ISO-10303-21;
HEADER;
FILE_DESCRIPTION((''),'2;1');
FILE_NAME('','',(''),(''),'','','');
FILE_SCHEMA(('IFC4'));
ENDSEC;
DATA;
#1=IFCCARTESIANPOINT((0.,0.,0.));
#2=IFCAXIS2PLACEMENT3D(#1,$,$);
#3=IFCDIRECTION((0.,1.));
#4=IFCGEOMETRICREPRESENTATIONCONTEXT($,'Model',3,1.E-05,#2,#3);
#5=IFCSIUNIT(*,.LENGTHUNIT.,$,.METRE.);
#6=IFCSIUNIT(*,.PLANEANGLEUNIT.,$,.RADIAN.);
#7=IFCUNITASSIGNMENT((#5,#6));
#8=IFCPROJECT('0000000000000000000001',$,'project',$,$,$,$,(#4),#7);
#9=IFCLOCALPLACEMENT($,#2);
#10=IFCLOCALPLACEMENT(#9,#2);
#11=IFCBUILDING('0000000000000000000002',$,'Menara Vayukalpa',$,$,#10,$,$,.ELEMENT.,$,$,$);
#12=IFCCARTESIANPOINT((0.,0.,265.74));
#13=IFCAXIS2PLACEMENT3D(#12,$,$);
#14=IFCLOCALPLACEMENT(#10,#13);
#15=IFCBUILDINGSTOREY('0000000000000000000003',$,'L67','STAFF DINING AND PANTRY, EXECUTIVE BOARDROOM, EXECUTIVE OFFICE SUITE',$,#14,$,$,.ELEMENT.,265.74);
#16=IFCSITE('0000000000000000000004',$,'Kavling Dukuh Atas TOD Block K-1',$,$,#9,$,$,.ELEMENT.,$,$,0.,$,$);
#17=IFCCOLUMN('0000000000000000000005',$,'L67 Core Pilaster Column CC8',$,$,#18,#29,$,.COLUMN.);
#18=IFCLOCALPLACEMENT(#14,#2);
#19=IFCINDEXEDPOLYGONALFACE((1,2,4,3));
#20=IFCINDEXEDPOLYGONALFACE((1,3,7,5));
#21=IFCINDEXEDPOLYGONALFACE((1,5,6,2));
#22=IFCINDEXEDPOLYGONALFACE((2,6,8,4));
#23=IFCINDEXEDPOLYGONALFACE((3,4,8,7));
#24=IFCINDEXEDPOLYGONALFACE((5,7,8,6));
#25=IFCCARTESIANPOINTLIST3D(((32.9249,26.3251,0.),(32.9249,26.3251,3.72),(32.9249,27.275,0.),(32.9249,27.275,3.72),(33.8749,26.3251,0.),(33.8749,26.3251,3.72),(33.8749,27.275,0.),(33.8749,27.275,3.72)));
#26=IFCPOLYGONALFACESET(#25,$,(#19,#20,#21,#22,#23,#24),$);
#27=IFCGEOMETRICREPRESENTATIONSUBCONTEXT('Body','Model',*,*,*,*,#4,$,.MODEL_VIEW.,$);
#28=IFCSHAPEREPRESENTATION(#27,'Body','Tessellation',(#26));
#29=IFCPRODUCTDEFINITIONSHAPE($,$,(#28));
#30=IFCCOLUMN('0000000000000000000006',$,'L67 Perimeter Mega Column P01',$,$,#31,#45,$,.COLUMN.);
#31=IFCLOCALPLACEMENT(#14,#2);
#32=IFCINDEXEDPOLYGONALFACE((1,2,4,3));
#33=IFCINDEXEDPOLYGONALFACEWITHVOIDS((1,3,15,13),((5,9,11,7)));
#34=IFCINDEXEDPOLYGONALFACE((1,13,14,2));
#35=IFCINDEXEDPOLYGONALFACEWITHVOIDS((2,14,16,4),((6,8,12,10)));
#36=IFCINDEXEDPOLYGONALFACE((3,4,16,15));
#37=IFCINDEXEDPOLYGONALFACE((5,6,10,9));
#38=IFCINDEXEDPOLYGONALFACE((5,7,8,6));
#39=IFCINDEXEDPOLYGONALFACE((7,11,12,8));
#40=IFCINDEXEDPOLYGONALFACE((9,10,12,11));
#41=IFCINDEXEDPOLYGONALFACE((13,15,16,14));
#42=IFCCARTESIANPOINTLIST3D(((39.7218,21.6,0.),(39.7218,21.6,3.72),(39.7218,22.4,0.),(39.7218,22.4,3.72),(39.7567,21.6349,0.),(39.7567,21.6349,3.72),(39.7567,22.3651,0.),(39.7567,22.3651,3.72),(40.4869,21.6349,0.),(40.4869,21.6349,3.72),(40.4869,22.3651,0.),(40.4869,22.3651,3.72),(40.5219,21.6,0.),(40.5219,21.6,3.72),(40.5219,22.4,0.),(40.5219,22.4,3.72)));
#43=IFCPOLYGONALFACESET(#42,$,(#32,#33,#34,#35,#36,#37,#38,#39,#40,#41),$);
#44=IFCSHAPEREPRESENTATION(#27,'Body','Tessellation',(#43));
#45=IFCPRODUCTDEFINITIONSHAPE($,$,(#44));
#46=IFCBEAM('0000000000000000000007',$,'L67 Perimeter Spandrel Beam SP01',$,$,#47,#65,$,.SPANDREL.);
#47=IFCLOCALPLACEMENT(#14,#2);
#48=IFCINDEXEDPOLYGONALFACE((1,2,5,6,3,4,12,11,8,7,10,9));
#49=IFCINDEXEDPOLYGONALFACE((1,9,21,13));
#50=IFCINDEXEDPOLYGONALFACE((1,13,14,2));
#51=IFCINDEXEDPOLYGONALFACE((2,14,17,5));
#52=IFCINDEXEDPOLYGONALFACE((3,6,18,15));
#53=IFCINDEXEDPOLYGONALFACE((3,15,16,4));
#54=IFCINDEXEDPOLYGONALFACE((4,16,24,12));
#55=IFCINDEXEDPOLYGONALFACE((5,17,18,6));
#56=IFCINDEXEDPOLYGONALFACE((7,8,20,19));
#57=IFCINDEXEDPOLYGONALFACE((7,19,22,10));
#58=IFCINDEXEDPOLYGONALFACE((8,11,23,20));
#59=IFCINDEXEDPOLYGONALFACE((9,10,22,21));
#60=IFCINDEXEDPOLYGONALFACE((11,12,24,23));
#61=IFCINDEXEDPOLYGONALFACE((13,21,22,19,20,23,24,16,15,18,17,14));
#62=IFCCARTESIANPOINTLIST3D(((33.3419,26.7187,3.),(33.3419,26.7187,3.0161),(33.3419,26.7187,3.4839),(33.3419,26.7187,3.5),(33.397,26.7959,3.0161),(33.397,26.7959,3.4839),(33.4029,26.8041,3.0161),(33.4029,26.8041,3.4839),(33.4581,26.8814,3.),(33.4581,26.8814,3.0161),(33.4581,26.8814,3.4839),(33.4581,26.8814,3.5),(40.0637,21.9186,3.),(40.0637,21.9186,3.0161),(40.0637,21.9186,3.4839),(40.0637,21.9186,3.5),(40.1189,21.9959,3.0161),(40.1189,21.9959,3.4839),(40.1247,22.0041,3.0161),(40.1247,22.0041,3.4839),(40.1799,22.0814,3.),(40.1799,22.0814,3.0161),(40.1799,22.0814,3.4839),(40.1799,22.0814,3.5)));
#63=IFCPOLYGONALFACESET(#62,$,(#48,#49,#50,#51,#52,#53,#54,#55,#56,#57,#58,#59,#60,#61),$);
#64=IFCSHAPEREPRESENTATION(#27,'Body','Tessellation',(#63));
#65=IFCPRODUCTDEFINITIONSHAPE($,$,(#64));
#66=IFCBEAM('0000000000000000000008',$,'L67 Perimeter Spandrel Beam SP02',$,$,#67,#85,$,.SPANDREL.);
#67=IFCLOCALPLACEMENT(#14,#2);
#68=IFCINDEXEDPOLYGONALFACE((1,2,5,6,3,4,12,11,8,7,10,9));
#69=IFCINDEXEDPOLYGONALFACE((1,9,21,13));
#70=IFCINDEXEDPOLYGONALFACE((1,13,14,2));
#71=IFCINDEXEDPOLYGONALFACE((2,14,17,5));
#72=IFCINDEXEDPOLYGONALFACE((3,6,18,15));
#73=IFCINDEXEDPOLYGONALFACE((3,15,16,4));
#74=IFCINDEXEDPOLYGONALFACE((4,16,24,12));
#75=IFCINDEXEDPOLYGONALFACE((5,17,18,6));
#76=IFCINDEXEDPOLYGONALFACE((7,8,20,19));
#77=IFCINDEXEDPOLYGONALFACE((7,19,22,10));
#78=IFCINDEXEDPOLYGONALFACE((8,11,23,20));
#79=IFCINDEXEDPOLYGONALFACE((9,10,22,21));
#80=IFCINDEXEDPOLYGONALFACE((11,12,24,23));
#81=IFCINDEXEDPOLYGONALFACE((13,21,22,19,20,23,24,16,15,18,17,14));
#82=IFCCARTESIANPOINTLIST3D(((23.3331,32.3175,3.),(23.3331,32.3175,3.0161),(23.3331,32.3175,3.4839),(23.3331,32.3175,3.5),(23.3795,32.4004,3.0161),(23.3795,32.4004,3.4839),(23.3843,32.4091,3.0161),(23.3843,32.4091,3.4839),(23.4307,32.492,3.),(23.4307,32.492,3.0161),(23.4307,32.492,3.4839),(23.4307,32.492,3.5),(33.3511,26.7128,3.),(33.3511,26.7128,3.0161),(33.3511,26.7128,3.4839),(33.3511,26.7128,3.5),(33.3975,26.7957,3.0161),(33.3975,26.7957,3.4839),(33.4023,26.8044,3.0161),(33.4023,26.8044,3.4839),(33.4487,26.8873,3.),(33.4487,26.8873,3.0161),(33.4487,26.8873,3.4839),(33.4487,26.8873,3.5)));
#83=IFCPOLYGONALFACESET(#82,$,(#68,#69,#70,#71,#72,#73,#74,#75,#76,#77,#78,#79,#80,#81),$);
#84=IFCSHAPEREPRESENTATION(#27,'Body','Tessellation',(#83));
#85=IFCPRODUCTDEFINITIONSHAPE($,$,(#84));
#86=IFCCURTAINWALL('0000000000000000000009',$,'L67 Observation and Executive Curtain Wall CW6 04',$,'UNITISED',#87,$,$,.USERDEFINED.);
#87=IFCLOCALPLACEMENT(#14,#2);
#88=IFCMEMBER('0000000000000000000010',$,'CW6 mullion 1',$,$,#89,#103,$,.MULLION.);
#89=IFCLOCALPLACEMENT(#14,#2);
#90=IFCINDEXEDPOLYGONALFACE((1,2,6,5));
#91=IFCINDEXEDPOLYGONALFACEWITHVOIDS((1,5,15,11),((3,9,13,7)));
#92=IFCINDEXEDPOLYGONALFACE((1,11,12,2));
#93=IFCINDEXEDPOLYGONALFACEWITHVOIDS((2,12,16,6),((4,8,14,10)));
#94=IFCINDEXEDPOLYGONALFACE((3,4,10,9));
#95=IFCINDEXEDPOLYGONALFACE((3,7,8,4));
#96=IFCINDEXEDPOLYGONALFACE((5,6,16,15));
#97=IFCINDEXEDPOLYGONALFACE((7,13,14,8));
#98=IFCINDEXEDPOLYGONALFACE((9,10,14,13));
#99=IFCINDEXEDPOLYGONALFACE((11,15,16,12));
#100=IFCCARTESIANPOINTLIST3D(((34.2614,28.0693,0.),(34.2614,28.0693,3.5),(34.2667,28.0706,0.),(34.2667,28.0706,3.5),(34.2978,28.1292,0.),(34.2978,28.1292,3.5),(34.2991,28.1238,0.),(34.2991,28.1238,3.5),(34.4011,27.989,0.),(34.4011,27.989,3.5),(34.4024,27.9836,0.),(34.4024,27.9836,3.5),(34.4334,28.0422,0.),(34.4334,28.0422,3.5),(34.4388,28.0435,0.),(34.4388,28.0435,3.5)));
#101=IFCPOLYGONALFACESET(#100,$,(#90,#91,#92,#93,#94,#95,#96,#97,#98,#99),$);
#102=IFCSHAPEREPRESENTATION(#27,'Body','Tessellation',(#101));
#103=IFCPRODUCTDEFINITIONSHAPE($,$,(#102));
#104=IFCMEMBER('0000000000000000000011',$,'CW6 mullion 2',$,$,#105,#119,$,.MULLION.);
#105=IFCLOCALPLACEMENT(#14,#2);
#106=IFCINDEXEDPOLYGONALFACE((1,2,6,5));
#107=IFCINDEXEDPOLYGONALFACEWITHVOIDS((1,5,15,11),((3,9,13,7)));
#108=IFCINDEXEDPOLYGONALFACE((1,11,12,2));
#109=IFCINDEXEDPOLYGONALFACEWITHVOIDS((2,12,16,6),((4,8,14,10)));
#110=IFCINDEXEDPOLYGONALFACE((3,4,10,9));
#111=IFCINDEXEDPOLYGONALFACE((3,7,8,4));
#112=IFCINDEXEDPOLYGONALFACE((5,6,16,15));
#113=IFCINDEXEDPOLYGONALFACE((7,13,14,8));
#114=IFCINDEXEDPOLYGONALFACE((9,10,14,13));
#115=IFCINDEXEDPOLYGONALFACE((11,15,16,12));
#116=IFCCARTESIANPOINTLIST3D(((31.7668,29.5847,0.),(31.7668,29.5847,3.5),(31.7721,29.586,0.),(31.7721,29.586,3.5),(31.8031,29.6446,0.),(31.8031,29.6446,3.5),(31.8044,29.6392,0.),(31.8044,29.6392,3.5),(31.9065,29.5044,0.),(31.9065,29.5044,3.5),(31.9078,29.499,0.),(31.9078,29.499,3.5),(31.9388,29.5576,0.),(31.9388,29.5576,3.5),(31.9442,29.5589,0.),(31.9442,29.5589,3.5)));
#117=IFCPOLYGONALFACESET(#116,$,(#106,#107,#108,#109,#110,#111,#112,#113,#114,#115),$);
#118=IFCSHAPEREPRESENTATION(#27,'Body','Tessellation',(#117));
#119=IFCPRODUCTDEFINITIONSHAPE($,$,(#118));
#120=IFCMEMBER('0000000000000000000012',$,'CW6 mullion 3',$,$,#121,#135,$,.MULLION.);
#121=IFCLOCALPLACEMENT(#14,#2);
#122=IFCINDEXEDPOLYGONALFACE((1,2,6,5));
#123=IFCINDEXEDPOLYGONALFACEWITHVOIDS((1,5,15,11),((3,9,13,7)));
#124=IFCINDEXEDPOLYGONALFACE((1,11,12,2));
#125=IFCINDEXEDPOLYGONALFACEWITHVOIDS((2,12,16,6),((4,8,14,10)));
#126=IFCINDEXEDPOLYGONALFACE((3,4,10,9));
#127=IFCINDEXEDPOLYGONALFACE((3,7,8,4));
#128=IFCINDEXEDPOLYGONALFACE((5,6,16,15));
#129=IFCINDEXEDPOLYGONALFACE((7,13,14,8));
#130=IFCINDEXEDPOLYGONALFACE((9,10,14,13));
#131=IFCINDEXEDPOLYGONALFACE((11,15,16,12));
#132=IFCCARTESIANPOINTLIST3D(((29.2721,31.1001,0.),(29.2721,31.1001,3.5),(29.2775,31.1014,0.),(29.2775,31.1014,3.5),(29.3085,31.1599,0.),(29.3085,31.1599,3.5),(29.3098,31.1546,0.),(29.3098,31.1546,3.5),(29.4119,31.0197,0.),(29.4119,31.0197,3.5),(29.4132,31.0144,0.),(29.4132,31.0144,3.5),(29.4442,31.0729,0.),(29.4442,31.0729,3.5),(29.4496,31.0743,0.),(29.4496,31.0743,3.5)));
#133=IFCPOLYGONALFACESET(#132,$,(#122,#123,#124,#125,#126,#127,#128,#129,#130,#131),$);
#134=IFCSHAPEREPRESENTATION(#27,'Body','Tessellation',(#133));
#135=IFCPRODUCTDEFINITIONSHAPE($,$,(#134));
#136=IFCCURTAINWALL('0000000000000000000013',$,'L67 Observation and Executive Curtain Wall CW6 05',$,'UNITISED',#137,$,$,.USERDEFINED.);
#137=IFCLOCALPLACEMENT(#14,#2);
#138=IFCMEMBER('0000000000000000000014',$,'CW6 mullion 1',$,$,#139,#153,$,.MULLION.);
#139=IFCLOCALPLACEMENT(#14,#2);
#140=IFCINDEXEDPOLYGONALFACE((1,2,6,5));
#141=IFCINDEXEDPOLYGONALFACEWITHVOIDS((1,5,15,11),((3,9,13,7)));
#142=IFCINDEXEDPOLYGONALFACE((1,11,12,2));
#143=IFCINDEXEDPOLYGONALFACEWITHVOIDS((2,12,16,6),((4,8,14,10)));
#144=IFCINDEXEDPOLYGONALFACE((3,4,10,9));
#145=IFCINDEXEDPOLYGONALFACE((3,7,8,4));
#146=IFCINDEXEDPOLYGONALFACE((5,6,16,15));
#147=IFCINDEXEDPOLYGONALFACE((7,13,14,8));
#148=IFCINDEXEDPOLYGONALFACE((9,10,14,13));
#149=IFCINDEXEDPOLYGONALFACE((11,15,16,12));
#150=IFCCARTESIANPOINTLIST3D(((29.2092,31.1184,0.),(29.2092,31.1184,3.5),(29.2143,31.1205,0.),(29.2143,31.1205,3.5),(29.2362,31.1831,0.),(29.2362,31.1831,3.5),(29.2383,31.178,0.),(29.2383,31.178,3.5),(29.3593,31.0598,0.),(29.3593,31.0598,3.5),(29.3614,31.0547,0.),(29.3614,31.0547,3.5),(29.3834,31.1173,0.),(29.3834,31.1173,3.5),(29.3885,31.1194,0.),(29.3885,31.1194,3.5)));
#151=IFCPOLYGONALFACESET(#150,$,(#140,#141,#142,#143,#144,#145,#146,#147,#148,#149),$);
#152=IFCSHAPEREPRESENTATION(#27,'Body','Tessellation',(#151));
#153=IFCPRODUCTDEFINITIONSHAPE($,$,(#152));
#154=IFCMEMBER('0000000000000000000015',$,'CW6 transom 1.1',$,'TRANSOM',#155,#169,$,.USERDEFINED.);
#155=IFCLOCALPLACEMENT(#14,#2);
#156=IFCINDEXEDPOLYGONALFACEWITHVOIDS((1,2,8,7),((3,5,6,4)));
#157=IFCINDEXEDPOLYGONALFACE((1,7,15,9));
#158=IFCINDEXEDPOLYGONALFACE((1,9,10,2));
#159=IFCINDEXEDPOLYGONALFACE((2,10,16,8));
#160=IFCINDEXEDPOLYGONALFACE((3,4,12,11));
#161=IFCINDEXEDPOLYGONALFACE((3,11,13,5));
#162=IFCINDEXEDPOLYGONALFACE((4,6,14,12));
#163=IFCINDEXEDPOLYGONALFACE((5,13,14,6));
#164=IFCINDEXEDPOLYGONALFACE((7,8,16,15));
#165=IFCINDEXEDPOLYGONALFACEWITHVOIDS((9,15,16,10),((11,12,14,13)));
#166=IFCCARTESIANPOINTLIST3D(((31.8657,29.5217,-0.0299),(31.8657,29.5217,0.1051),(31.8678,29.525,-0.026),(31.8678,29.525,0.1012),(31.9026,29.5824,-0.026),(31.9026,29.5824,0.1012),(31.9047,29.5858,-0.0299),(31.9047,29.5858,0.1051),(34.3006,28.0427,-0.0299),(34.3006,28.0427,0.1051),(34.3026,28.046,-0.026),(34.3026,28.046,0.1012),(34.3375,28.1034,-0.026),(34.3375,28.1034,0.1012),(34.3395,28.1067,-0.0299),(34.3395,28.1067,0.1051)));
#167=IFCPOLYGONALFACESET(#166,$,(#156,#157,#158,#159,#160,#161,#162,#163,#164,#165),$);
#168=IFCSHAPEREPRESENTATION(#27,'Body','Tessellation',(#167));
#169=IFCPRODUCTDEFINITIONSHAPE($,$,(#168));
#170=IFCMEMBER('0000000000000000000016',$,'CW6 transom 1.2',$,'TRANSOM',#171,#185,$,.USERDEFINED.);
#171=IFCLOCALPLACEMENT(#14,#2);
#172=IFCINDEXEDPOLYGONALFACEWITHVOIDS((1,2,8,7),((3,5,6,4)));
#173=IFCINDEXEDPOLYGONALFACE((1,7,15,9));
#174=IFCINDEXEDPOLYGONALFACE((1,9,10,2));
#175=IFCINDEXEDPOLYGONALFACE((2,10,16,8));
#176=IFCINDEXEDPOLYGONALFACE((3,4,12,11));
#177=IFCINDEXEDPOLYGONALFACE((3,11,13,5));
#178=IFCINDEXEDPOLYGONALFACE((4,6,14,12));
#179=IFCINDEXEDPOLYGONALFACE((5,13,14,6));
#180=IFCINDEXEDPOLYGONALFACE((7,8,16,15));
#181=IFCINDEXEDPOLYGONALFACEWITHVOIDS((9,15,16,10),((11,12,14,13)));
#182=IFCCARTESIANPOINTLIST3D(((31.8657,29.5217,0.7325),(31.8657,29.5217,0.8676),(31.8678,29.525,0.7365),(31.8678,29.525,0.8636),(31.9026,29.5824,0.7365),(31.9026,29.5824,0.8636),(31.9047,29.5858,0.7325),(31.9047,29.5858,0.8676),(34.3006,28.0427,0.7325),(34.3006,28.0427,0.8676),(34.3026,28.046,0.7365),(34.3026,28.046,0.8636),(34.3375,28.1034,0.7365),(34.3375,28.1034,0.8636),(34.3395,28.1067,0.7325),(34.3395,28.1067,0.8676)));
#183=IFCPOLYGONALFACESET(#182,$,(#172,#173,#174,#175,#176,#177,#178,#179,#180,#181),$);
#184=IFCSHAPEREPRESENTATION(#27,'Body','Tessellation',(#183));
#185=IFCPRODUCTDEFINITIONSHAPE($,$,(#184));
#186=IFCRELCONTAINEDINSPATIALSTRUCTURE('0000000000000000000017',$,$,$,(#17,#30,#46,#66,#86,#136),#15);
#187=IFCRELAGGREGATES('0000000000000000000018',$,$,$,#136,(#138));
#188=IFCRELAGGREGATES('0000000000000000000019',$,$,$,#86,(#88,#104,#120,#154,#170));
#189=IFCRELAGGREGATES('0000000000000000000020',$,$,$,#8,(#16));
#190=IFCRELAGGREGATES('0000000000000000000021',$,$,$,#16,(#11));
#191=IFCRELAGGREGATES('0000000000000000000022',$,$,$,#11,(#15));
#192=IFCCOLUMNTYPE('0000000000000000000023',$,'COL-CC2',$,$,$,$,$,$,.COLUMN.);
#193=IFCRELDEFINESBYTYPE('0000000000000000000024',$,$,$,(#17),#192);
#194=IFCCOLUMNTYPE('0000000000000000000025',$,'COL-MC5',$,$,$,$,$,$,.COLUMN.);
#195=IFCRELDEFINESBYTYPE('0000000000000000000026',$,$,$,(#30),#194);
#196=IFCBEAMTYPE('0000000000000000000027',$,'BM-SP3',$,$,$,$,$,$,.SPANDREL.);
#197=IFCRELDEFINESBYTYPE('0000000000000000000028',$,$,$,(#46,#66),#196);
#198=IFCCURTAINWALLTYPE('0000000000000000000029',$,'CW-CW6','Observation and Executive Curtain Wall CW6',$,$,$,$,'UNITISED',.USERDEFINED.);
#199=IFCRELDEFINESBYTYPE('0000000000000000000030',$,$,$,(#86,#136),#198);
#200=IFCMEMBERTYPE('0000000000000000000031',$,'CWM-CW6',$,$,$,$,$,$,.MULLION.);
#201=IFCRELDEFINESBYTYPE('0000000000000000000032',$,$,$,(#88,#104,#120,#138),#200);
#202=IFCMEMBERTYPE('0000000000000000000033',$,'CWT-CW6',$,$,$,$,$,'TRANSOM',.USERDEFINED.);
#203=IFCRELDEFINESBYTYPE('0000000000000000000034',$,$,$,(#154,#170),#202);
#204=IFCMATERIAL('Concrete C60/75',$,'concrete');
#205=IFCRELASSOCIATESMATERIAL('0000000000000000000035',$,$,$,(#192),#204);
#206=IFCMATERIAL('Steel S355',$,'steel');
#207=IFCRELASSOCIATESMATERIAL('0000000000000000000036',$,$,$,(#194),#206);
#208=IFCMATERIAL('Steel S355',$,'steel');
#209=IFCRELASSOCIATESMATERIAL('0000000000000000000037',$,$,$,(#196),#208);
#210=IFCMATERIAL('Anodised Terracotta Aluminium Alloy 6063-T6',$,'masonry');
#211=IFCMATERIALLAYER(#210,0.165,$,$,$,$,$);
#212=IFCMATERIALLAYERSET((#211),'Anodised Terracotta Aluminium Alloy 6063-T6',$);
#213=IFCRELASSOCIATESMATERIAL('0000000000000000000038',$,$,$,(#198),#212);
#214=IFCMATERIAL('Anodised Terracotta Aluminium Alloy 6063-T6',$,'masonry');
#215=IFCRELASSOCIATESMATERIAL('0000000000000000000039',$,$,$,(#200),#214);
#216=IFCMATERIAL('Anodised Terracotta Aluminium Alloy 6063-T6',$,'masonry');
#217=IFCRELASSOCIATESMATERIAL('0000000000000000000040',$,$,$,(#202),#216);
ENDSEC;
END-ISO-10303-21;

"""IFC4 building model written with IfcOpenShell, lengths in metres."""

from ifc_helpers import new_model, si_unit, direction, frame, origin, origin_2d, place, context, subcontext, project, spatial, rectangle, hollow_rectangle, i_section, extrude, material, layer, layer_set, material_profile, profile_set, type_object, element, aggregate, save


model = new_model("IFC4")

# Units and contexts
model_context = context("Model", 3, precision=1e-05, world=origin(), true_north=direction((0.0, 1.0)))
body_context = subcontext(model_context, "Body", "Model", "MODEL_VIEW")
ifc_project = project(units=[si_unit("LENGTHUNIT", "METRE"), si_unit("PLANEANGLEUNIT", "RADIAN")], contexts=[model_context])

# Site, building, storey
site_placement = place(None, origin())
site = spatial("IfcSite", under=ifc_project, at=site_placement, Name="Kavling Dukuh Atas TOD Block K-1", CompositionType="ELEMENT", RefElevation=0.0)
building_placement = place(site_placement, origin())
building = spatial("IfcBuilding", under=site, at=building_placement, Name="Menara Vayukalpa", CompositionType="ELEMENT")
storey_placement = place(building_placement, frame((0.0, 0.0, 265.74)))
storey = spatial("IfcBuildingStorey", under=building, at=storey_placement, Name="L67", Description="STAFF DINING AND PANTRY, EXECUTIVE BOARDROOM, EXECUTIVE OFFICE SUITE", CompositionType="ELEMENT", Elevation=265.74)

# Columns
ifc_material_1 = material(Name="Concrete C60/75", Category="concrete")
ifc_material_profile_1 = material_profile(ifc_material_1, rectangle(XDim=0.95, YDim=0.95, at=origin_2d()), Name="RC 950x950")
ifc_profile_set_1 = profile_set([ifc_material_profile_1], Name="Concrete C60/75")
column_type_1 = type_object("IfcColumnType", Name="COL-CC2", PredefinedType="COLUMN", material=ifc_profile_set_1)
column_1_placement = place(storey_placement, frame((33.3999, 26.8, 0.0), z_axis=(0.0, 0.0, 1.0), x_axis=(1.0, 0.0, 0.0)))
element("IfcColumn", 1, at=column_1_placement, inside=storey, type_object=column_type_1, Name="L67 Core Pilaster Column CC8", PredefinedType="COLUMN", context=body_context, shape_type="SweptSolid", body=[
    extrude(rectangle(XDim=0.95, YDim=0.95, at=origin_2d()), origin(), (0.0, 0.0, 1.0), 3.72),
])
ifc_material_2 = material(Name="Steel S355", Category="steel")
ifc_material_profile_2 = material_profile(ifc_material_2, hollow_rectangle(XDim=0.8, YDim=0.8, WallThickness=0.0349, at=origin_2d()), Name="BOX 800x800x35")
ifc_profile_set_2 = profile_set([ifc_material_profile_2], Name="Steel S355")
column_type_2 = type_object("IfcColumnType", Name="COL-MC5", PredefinedType="COLUMN", material=ifc_profile_set_2)
column_2_placement = place(storey_placement, frame((40.1218, 22.0, 0.0), z_axis=(0.0, 0.0, 1.0), x_axis=(1.0, 0.0, 0.0)))
element("IfcColumn", 2, at=column_2_placement, inside=storey, type_object=column_type_2, Name="L67 Perimeter Mega Column P01", PredefinedType="COLUMN", context=body_context, shape_type="SweptSolid", body=[
    extrude(hollow_rectangle(XDim=0.8, YDim=0.8, WallThickness=0.0349, at=origin_2d()), origin(), (0.0, 0.0, 1.0), 3.72),
])

# Beams
ifc_material_3 = material(Name="Steel S355", Category="steel")
ifc_material_profile_3 = material_profile(ifc_material_3, i_section(OverallWidth=0.2, OverallDepth=0.5, WebThickness=0.01, FlangeThickness=0.0161, at=origin_2d()), Name="WF 500x200x10x16")
ifc_profile_set_3 = profile_set([ifc_material_profile_3], Name="Steel S355")
beam_type = type_object("IfcBeamType", Name="BM-SP3", PredefinedType="SPANDREL", material=ifc_profile_set_3)
beam_1_placement = place(storey_placement, frame((40.1218, 22.0, 3.25), z_axis=(-0.813809, 0.581132, 0.0), x_axis=(-0.581132, -0.813809, 0.0)))
element("IfcBeam", 3, at=beam_1_placement, inside=storey, type_object=beam_type, Name="L67 Perimeter Spandrel Beam SP01", PredefinedType="SPANDREL", context=body_context, shape_type="SweptSolid", body=[
    extrude(i_section(OverallWidth=0.2, OverallDepth=0.5, WebThickness=0.01, FlangeThickness=0.0161, at=origin_2d()), origin(), (0.0, 0.0, 1.0), 8.2598),
])
beam_2_placement = place(storey_placement, frame((33.3999, 26.8, 3.25), z_axis=(-0.872706, 0.488246, 0.0), x_axis=(-0.488246, -0.872706, 0.0)))
element("IfcBeam", 4, at=beam_2_placement, inside=storey, type_object=beam_type, Name="L67 Perimeter Spandrel Beam SP02", PredefinedType="SPANDREL", context=body_context, shape_type="SweptSolid", body=[
    extrude(i_section(OverallWidth=0.2, OverallDepth=0.5, WebThickness=0.01, FlangeThickness=0.0161, at=origin_2d()), origin(), (0.0, 0.0, 1.0), 11.4792),
])

# Curtain wall, members
ifc_material_4 = material(Name="Anodised Terracotta Aluminium Alloy 6063-T6", Category="masonry")
ifc_layer_1 = layer(ifc_material_4, 0.165)
ifc_layer_set_1 = layer_set([ifc_layer_1], Name="Anodised Terracotta Aluminium Alloy 6063-T6")
curtain_wall_type = type_object("IfcCurtainWallType", Name="CW-CW6", Description="Observation and Executive Curtain Wall CW6", ElementType="UNITISED", PredefinedType="USERDEFINED", material=ifc_layer_set_1)
curtain_wall_1_placement = place(storey_placement, origin())
curtain_wall_1 = element("IfcCurtainWall", 5, at=curtain_wall_1_placement, inside=storey, type_object=curtain_wall_type, Name="L67 Observation and Executive Curtain Wall CW6 04", ObjectType="UNITISED", PredefinedType="USERDEFINED")
ifc_material_5 = material(Name="Anodised Terracotta Aluminium Alloy 6063-T6", Category="masonry")
ifc_material_profile_4 = material_profile(ifc_material_5, hollow_rectangle(XDim=0.0701, YDim=0.165, WallThickness=0.0039, at=origin_2d()), Name="ALU 70x165x4")
ifc_profile_set_4 = profile_set([ifc_material_profile_4], Name="Anodised Terracotta Aluminium Alloy 6063-T6")
member_type_1 = type_object("IfcMemberType", Name="CWM-CW6", PredefinedType="MULLION", material=ifc_profile_set_4)
member_1_placement = place(storey_placement, frame((34.3501, 28.0564, 0.0), z_axis=(0.0, 0.0, 1.0), x_axis=(-0.519176, -0.854668, 0.0)))
member_1 = element("IfcMember", 6, at=member_1_placement, type_object=member_type_1, Name="CW6 mullion 1", PredefinedType="MULLION", context=body_context, shape_type="SweptSolid", body=[
    extrude(hollow_rectangle(XDim=0.0701, YDim=0.165, WallThickness=0.0039, at=origin_2d()), origin(), (0.0, 0.0, 1.0), 3.5),
])
member_2_placement = place(storey_placement, frame((31.8555, 29.5718, 0.0), z_axis=(0.0, 0.0, 1.0), x_axis=(-0.519176, -0.854668, 0.0)))
member_2 = element("IfcMember", 7, at=member_2_placement, type_object=member_type_1, Name="CW6 mullion 2", PredefinedType="MULLION", context=body_context, shape_type="SweptSolid", body=[
    extrude(hollow_rectangle(XDim=0.0701, YDim=0.165, WallThickness=0.0039, at=origin_2d()), origin(), (0.0, 0.0, 1.0), 3.5),
])
member_3_placement = place(storey_placement, frame((29.3608, 31.0872, 0.0), z_axis=(0.0, 0.0, 1.0), x_axis=(-0.519176, -0.854668, 0.0)))
member_3 = element("IfcMember", 8, at=member_3_placement, type_object=member_type_1, Name="CW6 mullion 3", PredefinedType="MULLION", context=body_context, shape_type="SweptSolid", body=[
    extrude(hollow_rectangle(XDim=0.0701, YDim=0.165, WallThickness=0.0039, at=origin_2d()), origin(), (0.0, 0.0, 1.0), 3.5),
])

# Curtain wall, member
curtain_wall_2_placement = place(storey_placement, origin())
curtain_wall_2 = element("IfcCurtainWall", 9, at=curtain_wall_2_placement, inside=storey, type_object=curtain_wall_type, Name="L67 Observation and Executive Curtain Wall CW6 05", ObjectType="UNITISED", PredefinedType="USERDEFINED")
member_4_placement = place(storey_placement, frame((29.2988, 31.1189, 0.0), z_axis=(0.0, 0.0, 1.0), x_axis=(-0.3859, -0.922541, 0.0)))
member_4 = element("IfcMember", 10, at=member_4_placement, type_object=member_type_1, Name="CW6 mullion 1", PredefinedType="MULLION", context=body_context, shape_type="SweptSolid", body=[
    extrude(hollow_rectangle(XDim=0.0701, YDim=0.165, WallThickness=0.0039, at=origin_2d()), origin(), (0.0, 0.0, 1.0), 3.5),
])

# Members
ifc_material_6 = material(Name="Anodised Terracotta Aluminium Alloy 6063-T6", Category="masonry")
ifc_material_profile_5 = material_profile(ifc_material_6, hollow_rectangle(XDim=0.075, YDim=0.135, WallThickness=0.0039, at=origin_2d()), Name="ALU 75x135x4")
ifc_profile_set_5 = profile_set([ifc_material_profile_5], Name="Anodised Terracotta Aluminium Alloy 6063-T6")
member_type_2 = type_object("IfcMemberType", Name="CWT-CW6", ElementType="TRANSOM", PredefinedType="USERDEFINED", material=ifc_profile_set_5)
member_5_placement = place(storey_placement, frame((34.3201, 28.0747, 0.0376), z_axis=(-0.854675, 0.519164, 0.0), x_axis=(-0.519164, -0.854675, 0.0)))
member_5 = element("IfcMember", 11, at=member_5_placement, type_object=member_type_2, Name="CW6 transom 1.1", ObjectType="TRANSOM", PredefinedType="USERDEFINED", context=body_context, shape_type="SweptSolid", body=[
    extrude(hollow_rectangle(XDim=0.075, YDim=0.135, WallThickness=0.0039, at=origin_2d()), origin(), (0.0, 0.0, 1.0), 2.8489),
])
member_6_placement = place(storey_placement, frame((34.3201, 28.0747, 0.8), z_axis=(-0.854675, 0.519164, 0.0), x_axis=(-0.519164, -0.854675, 0.0)))
member_6 = element("IfcMember", 12, at=member_6_placement, type_object=member_type_2, Name="CW6 transom 1.2", ObjectType="TRANSOM", PredefinedType="USERDEFINED", context=body_context, shape_type="SweptSolid", body=[
    extrude(hollow_rectangle(XDim=0.075, YDim=0.135, WallThickness=0.0039, at=origin_2d()), origin(), (0.0, 0.0, 1.0), 2.8489),
])
aggregate(curtain_wall_2, [member_4])

aggregate(curtain_wall_1, [member_1, member_2, member_3, member_5, member_6])

save(model, "model.ifc")
